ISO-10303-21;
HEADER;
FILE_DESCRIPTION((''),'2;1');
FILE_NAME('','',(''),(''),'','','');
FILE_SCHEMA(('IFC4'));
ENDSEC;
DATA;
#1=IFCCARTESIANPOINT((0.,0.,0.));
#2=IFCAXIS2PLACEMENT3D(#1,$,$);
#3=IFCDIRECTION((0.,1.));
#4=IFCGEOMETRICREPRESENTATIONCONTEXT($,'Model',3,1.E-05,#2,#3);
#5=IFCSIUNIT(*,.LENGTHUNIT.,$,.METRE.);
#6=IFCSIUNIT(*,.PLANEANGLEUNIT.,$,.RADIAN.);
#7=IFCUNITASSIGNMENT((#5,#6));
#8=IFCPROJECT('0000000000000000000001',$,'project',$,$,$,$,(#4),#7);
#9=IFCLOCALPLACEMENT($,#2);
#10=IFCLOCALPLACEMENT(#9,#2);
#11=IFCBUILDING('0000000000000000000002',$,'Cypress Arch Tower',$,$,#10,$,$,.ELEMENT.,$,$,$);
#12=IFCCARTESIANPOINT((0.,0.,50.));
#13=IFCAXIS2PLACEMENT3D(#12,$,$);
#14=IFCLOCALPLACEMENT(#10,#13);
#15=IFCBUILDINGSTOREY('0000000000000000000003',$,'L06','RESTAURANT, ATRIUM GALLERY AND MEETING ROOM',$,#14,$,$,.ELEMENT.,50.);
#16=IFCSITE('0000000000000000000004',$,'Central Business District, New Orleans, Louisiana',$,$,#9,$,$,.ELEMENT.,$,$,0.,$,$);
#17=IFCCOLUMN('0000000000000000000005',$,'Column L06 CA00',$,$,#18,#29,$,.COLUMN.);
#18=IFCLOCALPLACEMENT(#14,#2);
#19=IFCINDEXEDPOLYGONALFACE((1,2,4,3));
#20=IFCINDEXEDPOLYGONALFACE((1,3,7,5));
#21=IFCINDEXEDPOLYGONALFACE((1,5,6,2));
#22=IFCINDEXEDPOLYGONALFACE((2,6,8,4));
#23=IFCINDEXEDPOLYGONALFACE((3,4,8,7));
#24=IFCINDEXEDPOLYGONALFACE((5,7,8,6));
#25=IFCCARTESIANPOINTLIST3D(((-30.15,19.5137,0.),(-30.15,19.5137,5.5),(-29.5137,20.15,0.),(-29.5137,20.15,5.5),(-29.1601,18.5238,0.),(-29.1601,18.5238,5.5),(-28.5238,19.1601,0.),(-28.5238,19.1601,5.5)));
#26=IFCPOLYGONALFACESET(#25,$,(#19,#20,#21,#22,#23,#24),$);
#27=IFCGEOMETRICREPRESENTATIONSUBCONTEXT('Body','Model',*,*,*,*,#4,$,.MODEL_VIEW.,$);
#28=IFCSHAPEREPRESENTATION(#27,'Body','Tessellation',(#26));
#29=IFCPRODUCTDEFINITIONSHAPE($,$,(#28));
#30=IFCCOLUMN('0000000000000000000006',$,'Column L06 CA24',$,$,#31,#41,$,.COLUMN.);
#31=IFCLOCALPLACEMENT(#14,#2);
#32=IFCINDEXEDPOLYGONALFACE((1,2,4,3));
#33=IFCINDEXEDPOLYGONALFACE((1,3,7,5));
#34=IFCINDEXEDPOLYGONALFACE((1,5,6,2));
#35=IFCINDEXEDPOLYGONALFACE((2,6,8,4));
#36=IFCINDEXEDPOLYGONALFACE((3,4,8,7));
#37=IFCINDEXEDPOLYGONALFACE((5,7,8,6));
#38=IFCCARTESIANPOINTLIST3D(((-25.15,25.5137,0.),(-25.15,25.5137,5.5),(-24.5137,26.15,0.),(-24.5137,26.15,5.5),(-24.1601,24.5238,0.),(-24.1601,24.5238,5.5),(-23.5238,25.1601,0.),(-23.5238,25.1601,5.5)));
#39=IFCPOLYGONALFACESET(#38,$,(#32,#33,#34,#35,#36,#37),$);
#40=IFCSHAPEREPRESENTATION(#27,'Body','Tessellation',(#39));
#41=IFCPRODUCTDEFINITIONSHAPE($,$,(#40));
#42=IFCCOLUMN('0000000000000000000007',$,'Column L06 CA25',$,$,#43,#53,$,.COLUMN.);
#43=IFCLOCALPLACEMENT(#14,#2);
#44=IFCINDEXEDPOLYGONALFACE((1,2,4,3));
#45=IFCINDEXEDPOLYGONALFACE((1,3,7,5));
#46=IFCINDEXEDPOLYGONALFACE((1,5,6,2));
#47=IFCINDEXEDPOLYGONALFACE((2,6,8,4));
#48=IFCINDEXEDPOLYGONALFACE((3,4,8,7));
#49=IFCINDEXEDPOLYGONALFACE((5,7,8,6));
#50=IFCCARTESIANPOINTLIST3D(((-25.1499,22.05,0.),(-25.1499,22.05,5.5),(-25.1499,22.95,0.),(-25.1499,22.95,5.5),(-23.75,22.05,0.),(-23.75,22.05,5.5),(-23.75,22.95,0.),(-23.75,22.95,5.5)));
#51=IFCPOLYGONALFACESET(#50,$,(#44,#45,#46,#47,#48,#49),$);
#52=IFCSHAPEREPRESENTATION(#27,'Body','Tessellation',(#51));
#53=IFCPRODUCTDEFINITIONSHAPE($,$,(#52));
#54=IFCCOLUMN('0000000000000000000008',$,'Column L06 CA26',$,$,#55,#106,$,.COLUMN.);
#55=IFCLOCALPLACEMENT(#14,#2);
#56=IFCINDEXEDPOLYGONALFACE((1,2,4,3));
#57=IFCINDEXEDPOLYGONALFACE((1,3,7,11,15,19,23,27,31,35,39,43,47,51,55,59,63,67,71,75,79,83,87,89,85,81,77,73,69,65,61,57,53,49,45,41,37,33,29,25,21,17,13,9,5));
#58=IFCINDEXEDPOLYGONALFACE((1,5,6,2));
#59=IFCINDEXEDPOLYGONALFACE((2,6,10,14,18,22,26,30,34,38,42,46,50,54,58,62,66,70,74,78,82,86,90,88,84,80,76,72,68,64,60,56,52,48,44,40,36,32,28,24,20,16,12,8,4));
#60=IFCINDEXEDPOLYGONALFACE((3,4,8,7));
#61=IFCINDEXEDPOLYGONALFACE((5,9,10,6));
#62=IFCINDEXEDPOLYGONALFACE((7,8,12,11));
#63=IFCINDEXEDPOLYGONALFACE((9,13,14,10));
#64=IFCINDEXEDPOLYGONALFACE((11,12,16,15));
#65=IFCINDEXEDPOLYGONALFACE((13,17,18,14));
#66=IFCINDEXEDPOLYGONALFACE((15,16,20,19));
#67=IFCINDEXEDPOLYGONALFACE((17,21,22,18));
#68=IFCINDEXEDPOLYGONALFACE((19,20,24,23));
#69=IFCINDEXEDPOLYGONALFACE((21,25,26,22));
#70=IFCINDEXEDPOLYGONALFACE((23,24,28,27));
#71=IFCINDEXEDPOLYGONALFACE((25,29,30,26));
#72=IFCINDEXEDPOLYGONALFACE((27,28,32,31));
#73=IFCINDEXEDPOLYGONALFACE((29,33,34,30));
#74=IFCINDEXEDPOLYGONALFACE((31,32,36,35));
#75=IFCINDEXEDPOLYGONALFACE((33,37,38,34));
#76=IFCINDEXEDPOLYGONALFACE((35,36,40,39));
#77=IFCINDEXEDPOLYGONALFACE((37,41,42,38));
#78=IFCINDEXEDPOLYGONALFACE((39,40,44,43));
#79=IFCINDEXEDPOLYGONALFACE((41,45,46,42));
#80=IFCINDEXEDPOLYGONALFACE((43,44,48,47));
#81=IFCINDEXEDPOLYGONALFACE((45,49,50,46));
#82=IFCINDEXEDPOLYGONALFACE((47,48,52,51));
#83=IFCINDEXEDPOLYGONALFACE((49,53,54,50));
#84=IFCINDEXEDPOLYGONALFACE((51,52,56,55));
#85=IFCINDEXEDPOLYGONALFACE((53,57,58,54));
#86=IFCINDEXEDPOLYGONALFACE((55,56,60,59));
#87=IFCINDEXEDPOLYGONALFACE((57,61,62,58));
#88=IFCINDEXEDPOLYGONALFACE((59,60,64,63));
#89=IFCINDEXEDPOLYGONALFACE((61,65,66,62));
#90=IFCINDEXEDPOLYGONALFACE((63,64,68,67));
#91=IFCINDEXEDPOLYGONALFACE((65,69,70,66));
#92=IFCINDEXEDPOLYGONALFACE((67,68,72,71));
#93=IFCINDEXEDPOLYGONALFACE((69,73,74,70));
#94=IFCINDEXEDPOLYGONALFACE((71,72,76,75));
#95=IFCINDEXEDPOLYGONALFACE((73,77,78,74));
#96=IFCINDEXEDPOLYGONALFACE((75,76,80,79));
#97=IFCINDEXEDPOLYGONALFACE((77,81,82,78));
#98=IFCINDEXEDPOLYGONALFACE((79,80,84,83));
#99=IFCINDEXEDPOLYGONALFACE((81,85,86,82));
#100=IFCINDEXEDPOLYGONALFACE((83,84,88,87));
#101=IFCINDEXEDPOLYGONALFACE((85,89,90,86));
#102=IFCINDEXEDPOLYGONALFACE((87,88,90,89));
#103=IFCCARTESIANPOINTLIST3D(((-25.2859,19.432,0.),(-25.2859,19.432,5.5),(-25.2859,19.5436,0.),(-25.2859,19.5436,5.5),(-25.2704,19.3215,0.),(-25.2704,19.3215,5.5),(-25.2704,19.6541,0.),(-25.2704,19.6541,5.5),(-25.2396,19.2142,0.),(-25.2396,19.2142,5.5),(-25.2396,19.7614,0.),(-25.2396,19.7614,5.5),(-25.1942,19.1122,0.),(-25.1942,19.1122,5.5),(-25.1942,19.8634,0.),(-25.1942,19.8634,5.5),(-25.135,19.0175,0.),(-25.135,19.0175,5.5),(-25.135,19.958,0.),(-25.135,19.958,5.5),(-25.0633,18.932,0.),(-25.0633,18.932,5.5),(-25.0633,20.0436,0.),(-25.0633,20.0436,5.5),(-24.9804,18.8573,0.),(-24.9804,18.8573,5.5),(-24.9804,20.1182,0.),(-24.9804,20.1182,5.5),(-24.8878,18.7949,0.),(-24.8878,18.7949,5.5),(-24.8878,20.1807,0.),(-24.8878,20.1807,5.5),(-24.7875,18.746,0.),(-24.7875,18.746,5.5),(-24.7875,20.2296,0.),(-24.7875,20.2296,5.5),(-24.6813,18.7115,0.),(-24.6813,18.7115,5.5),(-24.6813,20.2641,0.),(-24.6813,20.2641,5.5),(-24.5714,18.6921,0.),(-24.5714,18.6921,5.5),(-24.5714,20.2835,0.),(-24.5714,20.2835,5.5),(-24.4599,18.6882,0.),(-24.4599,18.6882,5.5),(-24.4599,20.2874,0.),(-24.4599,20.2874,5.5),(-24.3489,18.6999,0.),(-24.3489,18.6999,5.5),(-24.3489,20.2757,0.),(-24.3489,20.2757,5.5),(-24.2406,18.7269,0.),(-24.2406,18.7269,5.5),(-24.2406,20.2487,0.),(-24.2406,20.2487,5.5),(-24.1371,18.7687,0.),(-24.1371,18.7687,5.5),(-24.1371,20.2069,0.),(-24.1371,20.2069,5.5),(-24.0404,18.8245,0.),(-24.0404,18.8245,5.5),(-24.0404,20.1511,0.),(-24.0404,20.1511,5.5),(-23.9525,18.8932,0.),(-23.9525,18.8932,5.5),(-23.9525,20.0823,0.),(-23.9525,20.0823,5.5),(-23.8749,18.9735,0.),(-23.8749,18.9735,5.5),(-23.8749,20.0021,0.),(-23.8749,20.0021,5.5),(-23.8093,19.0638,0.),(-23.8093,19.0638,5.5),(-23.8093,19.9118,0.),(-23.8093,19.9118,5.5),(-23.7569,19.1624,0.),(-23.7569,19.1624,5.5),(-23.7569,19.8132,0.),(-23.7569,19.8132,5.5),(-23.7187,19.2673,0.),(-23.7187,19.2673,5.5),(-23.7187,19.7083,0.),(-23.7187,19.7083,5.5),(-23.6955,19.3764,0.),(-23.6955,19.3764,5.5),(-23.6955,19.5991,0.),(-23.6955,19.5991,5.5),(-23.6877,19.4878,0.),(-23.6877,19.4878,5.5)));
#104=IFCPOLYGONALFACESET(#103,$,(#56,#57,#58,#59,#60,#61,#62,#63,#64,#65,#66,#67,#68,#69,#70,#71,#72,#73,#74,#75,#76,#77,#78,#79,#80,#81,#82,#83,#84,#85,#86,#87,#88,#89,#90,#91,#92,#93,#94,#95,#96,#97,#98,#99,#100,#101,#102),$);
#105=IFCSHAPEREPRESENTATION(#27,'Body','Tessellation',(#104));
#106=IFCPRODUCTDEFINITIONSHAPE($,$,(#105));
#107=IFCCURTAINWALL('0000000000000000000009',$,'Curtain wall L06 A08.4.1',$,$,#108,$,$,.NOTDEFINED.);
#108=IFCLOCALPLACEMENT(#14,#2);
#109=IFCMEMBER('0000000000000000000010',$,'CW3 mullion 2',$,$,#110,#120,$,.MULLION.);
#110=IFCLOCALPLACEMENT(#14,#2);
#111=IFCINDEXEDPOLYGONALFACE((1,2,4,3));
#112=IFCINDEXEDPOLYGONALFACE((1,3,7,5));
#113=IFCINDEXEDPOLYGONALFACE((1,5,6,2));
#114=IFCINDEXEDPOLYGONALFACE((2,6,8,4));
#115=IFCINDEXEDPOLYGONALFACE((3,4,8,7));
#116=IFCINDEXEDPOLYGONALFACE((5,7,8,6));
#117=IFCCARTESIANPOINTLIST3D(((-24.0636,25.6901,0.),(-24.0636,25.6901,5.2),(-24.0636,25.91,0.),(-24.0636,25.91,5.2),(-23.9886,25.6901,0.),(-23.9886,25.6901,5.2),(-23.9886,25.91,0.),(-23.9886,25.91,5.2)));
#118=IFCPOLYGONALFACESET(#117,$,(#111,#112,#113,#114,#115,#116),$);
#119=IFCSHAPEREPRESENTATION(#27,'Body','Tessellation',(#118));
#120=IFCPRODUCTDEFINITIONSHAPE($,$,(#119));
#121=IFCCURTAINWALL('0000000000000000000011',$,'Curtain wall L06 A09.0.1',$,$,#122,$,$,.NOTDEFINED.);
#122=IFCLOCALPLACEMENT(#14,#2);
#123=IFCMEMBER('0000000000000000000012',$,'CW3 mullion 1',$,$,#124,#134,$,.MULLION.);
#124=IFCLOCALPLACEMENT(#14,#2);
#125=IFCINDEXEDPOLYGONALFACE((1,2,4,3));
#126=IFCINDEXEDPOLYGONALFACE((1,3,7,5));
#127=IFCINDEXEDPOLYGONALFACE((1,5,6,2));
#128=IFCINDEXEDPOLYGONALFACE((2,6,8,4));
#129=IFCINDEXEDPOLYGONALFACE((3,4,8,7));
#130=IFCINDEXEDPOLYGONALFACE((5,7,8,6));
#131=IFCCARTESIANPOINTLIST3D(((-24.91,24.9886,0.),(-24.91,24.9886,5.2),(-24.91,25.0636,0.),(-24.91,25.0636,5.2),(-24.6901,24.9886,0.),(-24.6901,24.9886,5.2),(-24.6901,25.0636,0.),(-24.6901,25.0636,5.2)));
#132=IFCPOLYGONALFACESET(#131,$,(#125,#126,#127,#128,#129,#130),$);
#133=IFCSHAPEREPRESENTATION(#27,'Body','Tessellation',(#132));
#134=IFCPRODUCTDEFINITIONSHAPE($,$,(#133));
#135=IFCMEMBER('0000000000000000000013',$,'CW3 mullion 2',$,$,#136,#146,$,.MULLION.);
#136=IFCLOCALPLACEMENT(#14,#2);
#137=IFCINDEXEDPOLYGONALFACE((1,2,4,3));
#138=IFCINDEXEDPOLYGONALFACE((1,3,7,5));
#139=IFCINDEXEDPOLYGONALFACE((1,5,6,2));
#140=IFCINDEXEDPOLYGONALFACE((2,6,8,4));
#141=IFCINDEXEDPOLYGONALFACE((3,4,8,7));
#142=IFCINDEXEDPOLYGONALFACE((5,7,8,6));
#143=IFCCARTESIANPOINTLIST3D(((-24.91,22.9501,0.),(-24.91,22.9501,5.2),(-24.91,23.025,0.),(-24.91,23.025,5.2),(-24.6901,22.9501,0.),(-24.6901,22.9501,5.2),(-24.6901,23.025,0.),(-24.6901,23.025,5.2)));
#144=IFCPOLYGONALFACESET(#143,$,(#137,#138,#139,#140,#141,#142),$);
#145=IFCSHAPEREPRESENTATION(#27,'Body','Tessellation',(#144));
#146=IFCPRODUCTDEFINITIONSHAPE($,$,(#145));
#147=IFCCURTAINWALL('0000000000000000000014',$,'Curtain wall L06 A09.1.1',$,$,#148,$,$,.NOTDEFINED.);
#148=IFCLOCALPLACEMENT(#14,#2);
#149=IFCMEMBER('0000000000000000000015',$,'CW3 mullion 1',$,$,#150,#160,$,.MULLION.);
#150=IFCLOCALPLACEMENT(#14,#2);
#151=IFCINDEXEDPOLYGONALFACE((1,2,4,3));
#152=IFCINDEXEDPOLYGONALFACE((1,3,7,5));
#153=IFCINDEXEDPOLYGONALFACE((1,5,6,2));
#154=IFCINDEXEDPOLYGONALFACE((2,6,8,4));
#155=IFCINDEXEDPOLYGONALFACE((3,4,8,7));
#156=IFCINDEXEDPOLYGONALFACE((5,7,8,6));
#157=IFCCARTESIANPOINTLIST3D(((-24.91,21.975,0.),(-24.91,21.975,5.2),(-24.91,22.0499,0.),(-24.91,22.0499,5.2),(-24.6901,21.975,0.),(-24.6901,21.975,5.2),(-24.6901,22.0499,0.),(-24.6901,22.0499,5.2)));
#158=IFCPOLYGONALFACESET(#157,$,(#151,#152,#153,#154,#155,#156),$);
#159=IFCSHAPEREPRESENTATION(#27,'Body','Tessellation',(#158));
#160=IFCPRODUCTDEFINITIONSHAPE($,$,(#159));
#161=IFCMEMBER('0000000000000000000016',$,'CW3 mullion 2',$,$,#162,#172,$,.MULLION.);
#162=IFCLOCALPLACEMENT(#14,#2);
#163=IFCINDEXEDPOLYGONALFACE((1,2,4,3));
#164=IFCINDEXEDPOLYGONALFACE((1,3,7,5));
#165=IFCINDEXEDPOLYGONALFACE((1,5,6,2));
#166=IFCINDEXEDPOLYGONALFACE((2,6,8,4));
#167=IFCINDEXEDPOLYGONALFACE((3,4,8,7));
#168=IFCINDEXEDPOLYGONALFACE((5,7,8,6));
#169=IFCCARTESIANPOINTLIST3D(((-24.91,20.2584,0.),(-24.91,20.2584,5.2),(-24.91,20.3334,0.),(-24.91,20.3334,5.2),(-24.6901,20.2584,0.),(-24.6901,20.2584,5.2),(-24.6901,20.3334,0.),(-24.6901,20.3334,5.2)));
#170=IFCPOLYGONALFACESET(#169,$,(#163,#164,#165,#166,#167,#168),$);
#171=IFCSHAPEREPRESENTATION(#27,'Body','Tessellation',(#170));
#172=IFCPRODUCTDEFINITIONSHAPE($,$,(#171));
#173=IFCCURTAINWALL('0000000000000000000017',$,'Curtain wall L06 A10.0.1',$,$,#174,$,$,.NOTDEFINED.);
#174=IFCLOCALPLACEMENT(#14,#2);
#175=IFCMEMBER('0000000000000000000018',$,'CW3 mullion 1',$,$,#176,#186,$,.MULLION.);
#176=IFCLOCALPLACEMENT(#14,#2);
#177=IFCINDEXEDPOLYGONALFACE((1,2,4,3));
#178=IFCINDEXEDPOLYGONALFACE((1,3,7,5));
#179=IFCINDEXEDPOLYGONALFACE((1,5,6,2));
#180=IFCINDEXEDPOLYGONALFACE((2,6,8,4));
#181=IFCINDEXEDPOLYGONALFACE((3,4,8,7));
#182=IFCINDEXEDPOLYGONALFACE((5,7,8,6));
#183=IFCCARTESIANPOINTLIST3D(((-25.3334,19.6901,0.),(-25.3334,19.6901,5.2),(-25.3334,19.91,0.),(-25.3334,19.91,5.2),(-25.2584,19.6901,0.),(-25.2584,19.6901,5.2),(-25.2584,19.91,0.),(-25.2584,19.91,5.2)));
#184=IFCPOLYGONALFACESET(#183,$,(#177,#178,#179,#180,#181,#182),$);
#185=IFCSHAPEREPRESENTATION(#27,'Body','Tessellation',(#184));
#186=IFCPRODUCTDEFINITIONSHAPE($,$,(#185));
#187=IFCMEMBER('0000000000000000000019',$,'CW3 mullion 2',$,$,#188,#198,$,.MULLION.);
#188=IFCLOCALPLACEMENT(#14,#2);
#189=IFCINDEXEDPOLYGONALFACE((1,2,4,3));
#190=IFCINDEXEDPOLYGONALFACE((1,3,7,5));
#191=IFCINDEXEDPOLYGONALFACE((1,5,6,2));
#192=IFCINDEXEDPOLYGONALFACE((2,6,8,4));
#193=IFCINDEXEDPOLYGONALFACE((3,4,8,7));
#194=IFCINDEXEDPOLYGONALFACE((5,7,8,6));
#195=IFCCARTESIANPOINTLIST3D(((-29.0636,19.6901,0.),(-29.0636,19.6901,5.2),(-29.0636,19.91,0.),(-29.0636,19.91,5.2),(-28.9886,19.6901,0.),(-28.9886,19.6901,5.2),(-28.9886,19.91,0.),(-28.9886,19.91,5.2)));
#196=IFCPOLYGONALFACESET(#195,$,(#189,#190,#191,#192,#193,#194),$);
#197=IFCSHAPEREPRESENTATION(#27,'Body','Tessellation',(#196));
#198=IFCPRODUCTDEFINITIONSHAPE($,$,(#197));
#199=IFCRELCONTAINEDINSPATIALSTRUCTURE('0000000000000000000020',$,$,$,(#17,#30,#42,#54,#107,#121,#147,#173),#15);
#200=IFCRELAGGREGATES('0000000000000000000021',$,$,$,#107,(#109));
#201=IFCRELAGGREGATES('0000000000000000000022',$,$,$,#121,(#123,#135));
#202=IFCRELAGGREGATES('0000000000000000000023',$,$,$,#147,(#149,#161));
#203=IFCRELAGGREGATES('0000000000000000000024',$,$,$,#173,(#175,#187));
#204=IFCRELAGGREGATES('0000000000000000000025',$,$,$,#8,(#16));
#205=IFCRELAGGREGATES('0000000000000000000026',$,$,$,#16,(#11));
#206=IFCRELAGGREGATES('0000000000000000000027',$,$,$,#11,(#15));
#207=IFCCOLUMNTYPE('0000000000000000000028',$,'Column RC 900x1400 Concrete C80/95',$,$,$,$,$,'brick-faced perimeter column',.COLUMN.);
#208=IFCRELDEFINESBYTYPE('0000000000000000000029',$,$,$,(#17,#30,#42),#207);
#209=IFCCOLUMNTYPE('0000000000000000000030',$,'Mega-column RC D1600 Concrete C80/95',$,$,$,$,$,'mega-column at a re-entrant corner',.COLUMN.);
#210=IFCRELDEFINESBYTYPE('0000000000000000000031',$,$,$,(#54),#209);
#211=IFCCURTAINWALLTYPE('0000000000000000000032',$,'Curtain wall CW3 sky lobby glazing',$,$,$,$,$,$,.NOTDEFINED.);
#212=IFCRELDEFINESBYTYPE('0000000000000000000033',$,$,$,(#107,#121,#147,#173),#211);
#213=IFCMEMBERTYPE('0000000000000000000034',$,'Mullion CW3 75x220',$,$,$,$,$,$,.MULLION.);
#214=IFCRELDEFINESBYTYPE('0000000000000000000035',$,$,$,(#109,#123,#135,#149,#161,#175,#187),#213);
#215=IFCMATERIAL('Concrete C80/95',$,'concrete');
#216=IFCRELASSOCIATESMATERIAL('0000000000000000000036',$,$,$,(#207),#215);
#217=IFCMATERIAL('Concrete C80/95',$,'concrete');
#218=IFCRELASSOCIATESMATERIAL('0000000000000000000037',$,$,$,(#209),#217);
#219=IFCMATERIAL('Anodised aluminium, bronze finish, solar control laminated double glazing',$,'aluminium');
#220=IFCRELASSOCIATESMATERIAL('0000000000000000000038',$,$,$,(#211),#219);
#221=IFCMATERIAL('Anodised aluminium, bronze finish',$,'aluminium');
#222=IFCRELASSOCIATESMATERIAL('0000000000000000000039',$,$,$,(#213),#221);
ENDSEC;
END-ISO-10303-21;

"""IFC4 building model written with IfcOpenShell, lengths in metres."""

from ifc_helpers import new_model, si_unit, direction, frame, origin, origin_2d, place, context, subcontext, project, spatial, rectangle, circle, extrude, material, material_profile, profile_set, type_object, element, aggregate, save


model = new_model("IFC4")

# Units and contexts
model_context = context("Model", 3, precision=1e-05, world=origin(), true_north=direction((0.0, 1.0)))
body_context = subcontext(model_context, "Body", "Model", "MODEL_VIEW")
ifc_project = project(units=[si_unit("LENGTHUNIT", "METRE"), si_unit("PLANEANGLEUNIT", "RADIAN")], contexts=[model_context])

# Site, building, storey
site_placement = place(None, origin())
site = spatial("IfcSite", under=ifc_project, at=site_placement, Name="Central Business District, New Orleans, Louisiana", CompositionType="ELEMENT", RefElevation=0.0)
building_placement = place(site_placement, origin())
building = spatial("IfcBuilding", under=site, at=building_placement, Name="Cypress Arch Tower", CompositionType="ELEMENT")
storey_placement = place(building_placement, frame((0.0, 0.0, 50.0)))
storey = spatial("IfcBuildingStorey", under=building, at=storey_placement, Name="L06", Description="RESTAURANT, ATRIUM GALLERY AND MEETING ROOM", CompositionType="ELEMENT", Elevation=50.0)

# Columns
ifc_material_1 = material(Name="Concrete C80/95", Category="concrete")
ifc_material_profile_1 = material_profile(ifc_material_1, rectangle(XDim=0.8999, YDim=1.3999, at=origin_2d()), Name="RC 900x1400")
ifc_profile_set_1 = profile_set([ifc_material_profile_1], Name="Concrete C80/95")
column_type_1 = type_object("IfcColumnType", Name="Column RC 900x1400 Concrete C80/95", ElementType="brick-faced perimeter column", PredefinedType="COLUMN", material=ifc_profile_set_1)
for number, where, z_axis, x_axis, name in (
    (1, (-29.3369, 19.3369, 0.0), (0.0, 0.0, 1.0), (-0.707107, -0.707107, 0.0), "Column L06 CA00"),
    (2, (-24.3369, 25.3369, 0.0), (0.0, 0.0, 1.0), (-0.707107, -0.707107, 0.0), "Column L06 CA24"),
    (3, (-24.45, 22.5, 0.0), (0.0, 0.0, 1.0), (0.0, -1.0, 0.0), "Column L06 CA25"),
):
    element("IfcColumn", number, at=place(storey_placement, frame(where, z_axis=z_axis, x_axis=x_axis)), inside=storey, type_object=column_type_1, Name=name, PredefinedType="COLUMN", context=body_context, shape_type="SweptSolid", body=[
        extrude(rectangle(XDim=0.8999, YDim=1.3999, at=origin_2d()), origin(), (0.0, 0.0, 1.0), 5.5),
    ])
ifc_material_2 = material(Name="Concrete C80/95", Category="concrete")
ifc_material_profile_2 = material_profile(ifc_material_2, circle(Radius=0.8, at=origin_2d()), Name="RC D1600")
ifc_profile_set_2 = profile_set([ifc_material_profile_2], Name="Concrete C80/95")
column_type_2 = type_object("IfcColumnType", Name="Mega-column RC D1600 Concrete C80/95", ElementType="mega-column at a re-entrant corner", PredefinedType="COLUMN", material=ifc_profile_set_2)
column_placement = place(storey_placement, frame((-24.4878, 19.4878, 0.0), z_axis=(0.0, 0.0, 1.0), x_axis=(1.0, 0.0, 0.0)))
element("IfcColumn", 4, at=column_placement, inside=storey, type_object=column_type_2, Name="Column L06 CA26", PredefinedType="COLUMN", context=body_context, shape_type="SweptSolid", body=[
    extrude(circle(Radius=0.8, at=origin_2d()), origin(), (0.0, 0.0, 1.0), 5.5),
])

# Curtain wall, member
ifc_material_3 = material(Name="Anodised aluminium, bronze finish, solar control laminated double glazing", Category="aluminium")
curtain_wall_type = type_object("IfcCurtainWallType", Name="Curtain wall CW3 sky lobby glazing", PredefinedType="NOTDEFINED", material=ifc_material_3)
curtain_wall_1_placement = place(storey_placement, origin())
curtain_wall_1 = element("IfcCurtainWall", 5, at=curtain_wall_1_placement, inside=storey, type_object=curtain_wall_type, Name="Curtain wall L06 A08.4.1", PredefinedType="NOTDEFINED")
ifc_material_4 = material(Name="Anodised aluminium, bronze finish", Category="aluminium")
ifc_material_profile_3 = material_profile(ifc_material_4, rectangle(XDim=0.22, YDim=0.075, at=origin_2d()), Name="Mullion 75x220")
ifc_profile_set_3 = profile_set([ifc_material_profile_3], Name="Anodised aluminium, bronze finish")
member_type = type_object("IfcMemberType", Name="Mullion CW3 75x220", PredefinedType="MULLION", material=ifc_profile_set_3)
member_1_placement = place(storey_placement, frame((-24.0261, 25.8, 0.0), z_axis=(0.0, 0.0, 1.0), x_axis=(0.0, -1.0, 0.0)))
member_1 = element("IfcMember", 6, at=member_1_placement, type_object=member_type, Name="CW3 mullion 2", PredefinedType="MULLION", context=body_context, shape_type="SweptSolid", body=[
    extrude(rectangle(XDim=0.22, YDim=0.075, at=origin_2d()), origin(), (0.0, 0.0, 1.0), 5.2),
])
aggregate(curtain_wall_1, [member_1])

# Curtain walls, members
curtain_wall_2_placement = place(storey_placement, origin())
curtain_wall_2 = element("IfcCurtainWall", 7, at=curtain_wall_2_placement, inside=storey, type_object=curtain_wall_type, Name="Curtain wall L06 A09.0.1", PredefinedType="NOTDEFINED")
member_2_placement = place(storey_placement, frame((-24.8, 25.0261, 0.0), z_axis=(0.0, 0.0, 1.0), x_axis=(1.0, 0.0, 0.0)))
member_2 = element("IfcMember", 8, at=member_2_placement, type_object=member_type, Name="CW3 mullion 1", PredefinedType="MULLION", context=body_context, shape_type="SweptSolid", body=[
    extrude(rectangle(XDim=0.22, YDim=0.075, at=origin_2d()), origin(), (0.0, 0.0, 1.0), 5.2),
])
member_3_placement = place(storey_placement, frame((-24.8, 22.9875, 0.0), z_axis=(0.0, 0.0, 1.0), x_axis=(1.0, 0.0, 0.0)))
member_3 = element("IfcMember", 9, at=member_3_placement, type_object=member_type, Name="CW3 mullion 2", PredefinedType="MULLION", context=body_context, shape_type="SweptSolid", body=[
    extrude(rectangle(XDim=0.22, YDim=0.075, at=origin_2d()), origin(), (0.0, 0.0, 1.0), 5.2),
])
aggregate(curtain_wall_2, [member_2, member_3])
curtain_wall_3_placement = place(storey_placement, origin())
curtain_wall_3 = element("IfcCurtainWall", 10, at=curtain_wall_3_placement, inside=storey, type_object=curtain_wall_type, Name="Curtain wall L06 A09.1.1", PredefinedType="NOTDEFINED")
member_4_placement = place(storey_placement, frame((-24.8, 22.0125, 0.0), z_axis=(0.0, 0.0, 1.0), x_axis=(1.0, 0.0, 0.0)))
member_4 = element("IfcMember", 11, at=member_4_placement, type_object=member_type, Name="CW3 mullion 1", PredefinedType="MULLION", context=body_context, shape_type="SweptSolid", body=[
    extrude(rectangle(XDim=0.22, YDim=0.075, at=origin_2d()), origin(), (0.0, 0.0, 1.0), 5.2),
])
member_5_placement = place(storey_placement, frame((-24.8, 20.2959, 0.0), z_axis=(0.0, 0.0, 1.0), x_axis=(1.0, 0.0, 0.0)))
member_5 = element("IfcMember", 12, at=member_5_placement, type_object=member_type, Name="CW3 mullion 2", PredefinedType="MULLION", context=body_context, shape_type="SweptSolid", body=[
    extrude(rectangle(XDim=0.22, YDim=0.075, at=origin_2d()), origin(), (0.0, 0.0, 1.0), 5.2),
])
aggregate(curtain_wall_3, [member_4, member_5])
curtain_wall_4_placement = place(storey_placement, origin())
curtain_wall_4 = element("IfcCurtainWall", 13, at=curtain_wall_4_placement, inside=storey, type_object=curtain_wall_type, Name="Curtain wall L06 A10.0.1", PredefinedType="NOTDEFINED")
member_6_placement = place(storey_placement, frame((-25.2959, 19.8, 0.0), z_axis=(0.0, 0.0, 1.0), x_axis=(0.0, -1.0, 0.0)))
member_6 = element("IfcMember", 14, at=member_6_placement, type_object=member_type, Name="CW3 mullion 1", PredefinedType="MULLION", context=body_context, shape_type="SweptSolid", body=[
    extrude(rectangle(XDim=0.22, YDim=0.075, at=origin_2d()), origin(), (0.0, 0.0, 1.0), 5.2),
])
member_7_placement = place(storey_placement, frame((-29.0261, 19.8, 0.0), z_axis=(0.0, 0.0, 1.0), x_axis=(0.0, -1.0, 0.0)))
member_7 = element("IfcMember", 15, at=member_7_placement, type_object=member_type, Name="CW3 mullion 2", PredefinedType="MULLION", context=body_context, shape_type="SweptSolid", body=[
    extrude(rectangle(XDim=0.22, YDim=0.075, at=origin_2d()), origin(), (0.0, 0.0, 1.0), 5.2),
])
aggregate(curtain_wall_4, [member_6, member_7])

save(model, "model.ifc")
